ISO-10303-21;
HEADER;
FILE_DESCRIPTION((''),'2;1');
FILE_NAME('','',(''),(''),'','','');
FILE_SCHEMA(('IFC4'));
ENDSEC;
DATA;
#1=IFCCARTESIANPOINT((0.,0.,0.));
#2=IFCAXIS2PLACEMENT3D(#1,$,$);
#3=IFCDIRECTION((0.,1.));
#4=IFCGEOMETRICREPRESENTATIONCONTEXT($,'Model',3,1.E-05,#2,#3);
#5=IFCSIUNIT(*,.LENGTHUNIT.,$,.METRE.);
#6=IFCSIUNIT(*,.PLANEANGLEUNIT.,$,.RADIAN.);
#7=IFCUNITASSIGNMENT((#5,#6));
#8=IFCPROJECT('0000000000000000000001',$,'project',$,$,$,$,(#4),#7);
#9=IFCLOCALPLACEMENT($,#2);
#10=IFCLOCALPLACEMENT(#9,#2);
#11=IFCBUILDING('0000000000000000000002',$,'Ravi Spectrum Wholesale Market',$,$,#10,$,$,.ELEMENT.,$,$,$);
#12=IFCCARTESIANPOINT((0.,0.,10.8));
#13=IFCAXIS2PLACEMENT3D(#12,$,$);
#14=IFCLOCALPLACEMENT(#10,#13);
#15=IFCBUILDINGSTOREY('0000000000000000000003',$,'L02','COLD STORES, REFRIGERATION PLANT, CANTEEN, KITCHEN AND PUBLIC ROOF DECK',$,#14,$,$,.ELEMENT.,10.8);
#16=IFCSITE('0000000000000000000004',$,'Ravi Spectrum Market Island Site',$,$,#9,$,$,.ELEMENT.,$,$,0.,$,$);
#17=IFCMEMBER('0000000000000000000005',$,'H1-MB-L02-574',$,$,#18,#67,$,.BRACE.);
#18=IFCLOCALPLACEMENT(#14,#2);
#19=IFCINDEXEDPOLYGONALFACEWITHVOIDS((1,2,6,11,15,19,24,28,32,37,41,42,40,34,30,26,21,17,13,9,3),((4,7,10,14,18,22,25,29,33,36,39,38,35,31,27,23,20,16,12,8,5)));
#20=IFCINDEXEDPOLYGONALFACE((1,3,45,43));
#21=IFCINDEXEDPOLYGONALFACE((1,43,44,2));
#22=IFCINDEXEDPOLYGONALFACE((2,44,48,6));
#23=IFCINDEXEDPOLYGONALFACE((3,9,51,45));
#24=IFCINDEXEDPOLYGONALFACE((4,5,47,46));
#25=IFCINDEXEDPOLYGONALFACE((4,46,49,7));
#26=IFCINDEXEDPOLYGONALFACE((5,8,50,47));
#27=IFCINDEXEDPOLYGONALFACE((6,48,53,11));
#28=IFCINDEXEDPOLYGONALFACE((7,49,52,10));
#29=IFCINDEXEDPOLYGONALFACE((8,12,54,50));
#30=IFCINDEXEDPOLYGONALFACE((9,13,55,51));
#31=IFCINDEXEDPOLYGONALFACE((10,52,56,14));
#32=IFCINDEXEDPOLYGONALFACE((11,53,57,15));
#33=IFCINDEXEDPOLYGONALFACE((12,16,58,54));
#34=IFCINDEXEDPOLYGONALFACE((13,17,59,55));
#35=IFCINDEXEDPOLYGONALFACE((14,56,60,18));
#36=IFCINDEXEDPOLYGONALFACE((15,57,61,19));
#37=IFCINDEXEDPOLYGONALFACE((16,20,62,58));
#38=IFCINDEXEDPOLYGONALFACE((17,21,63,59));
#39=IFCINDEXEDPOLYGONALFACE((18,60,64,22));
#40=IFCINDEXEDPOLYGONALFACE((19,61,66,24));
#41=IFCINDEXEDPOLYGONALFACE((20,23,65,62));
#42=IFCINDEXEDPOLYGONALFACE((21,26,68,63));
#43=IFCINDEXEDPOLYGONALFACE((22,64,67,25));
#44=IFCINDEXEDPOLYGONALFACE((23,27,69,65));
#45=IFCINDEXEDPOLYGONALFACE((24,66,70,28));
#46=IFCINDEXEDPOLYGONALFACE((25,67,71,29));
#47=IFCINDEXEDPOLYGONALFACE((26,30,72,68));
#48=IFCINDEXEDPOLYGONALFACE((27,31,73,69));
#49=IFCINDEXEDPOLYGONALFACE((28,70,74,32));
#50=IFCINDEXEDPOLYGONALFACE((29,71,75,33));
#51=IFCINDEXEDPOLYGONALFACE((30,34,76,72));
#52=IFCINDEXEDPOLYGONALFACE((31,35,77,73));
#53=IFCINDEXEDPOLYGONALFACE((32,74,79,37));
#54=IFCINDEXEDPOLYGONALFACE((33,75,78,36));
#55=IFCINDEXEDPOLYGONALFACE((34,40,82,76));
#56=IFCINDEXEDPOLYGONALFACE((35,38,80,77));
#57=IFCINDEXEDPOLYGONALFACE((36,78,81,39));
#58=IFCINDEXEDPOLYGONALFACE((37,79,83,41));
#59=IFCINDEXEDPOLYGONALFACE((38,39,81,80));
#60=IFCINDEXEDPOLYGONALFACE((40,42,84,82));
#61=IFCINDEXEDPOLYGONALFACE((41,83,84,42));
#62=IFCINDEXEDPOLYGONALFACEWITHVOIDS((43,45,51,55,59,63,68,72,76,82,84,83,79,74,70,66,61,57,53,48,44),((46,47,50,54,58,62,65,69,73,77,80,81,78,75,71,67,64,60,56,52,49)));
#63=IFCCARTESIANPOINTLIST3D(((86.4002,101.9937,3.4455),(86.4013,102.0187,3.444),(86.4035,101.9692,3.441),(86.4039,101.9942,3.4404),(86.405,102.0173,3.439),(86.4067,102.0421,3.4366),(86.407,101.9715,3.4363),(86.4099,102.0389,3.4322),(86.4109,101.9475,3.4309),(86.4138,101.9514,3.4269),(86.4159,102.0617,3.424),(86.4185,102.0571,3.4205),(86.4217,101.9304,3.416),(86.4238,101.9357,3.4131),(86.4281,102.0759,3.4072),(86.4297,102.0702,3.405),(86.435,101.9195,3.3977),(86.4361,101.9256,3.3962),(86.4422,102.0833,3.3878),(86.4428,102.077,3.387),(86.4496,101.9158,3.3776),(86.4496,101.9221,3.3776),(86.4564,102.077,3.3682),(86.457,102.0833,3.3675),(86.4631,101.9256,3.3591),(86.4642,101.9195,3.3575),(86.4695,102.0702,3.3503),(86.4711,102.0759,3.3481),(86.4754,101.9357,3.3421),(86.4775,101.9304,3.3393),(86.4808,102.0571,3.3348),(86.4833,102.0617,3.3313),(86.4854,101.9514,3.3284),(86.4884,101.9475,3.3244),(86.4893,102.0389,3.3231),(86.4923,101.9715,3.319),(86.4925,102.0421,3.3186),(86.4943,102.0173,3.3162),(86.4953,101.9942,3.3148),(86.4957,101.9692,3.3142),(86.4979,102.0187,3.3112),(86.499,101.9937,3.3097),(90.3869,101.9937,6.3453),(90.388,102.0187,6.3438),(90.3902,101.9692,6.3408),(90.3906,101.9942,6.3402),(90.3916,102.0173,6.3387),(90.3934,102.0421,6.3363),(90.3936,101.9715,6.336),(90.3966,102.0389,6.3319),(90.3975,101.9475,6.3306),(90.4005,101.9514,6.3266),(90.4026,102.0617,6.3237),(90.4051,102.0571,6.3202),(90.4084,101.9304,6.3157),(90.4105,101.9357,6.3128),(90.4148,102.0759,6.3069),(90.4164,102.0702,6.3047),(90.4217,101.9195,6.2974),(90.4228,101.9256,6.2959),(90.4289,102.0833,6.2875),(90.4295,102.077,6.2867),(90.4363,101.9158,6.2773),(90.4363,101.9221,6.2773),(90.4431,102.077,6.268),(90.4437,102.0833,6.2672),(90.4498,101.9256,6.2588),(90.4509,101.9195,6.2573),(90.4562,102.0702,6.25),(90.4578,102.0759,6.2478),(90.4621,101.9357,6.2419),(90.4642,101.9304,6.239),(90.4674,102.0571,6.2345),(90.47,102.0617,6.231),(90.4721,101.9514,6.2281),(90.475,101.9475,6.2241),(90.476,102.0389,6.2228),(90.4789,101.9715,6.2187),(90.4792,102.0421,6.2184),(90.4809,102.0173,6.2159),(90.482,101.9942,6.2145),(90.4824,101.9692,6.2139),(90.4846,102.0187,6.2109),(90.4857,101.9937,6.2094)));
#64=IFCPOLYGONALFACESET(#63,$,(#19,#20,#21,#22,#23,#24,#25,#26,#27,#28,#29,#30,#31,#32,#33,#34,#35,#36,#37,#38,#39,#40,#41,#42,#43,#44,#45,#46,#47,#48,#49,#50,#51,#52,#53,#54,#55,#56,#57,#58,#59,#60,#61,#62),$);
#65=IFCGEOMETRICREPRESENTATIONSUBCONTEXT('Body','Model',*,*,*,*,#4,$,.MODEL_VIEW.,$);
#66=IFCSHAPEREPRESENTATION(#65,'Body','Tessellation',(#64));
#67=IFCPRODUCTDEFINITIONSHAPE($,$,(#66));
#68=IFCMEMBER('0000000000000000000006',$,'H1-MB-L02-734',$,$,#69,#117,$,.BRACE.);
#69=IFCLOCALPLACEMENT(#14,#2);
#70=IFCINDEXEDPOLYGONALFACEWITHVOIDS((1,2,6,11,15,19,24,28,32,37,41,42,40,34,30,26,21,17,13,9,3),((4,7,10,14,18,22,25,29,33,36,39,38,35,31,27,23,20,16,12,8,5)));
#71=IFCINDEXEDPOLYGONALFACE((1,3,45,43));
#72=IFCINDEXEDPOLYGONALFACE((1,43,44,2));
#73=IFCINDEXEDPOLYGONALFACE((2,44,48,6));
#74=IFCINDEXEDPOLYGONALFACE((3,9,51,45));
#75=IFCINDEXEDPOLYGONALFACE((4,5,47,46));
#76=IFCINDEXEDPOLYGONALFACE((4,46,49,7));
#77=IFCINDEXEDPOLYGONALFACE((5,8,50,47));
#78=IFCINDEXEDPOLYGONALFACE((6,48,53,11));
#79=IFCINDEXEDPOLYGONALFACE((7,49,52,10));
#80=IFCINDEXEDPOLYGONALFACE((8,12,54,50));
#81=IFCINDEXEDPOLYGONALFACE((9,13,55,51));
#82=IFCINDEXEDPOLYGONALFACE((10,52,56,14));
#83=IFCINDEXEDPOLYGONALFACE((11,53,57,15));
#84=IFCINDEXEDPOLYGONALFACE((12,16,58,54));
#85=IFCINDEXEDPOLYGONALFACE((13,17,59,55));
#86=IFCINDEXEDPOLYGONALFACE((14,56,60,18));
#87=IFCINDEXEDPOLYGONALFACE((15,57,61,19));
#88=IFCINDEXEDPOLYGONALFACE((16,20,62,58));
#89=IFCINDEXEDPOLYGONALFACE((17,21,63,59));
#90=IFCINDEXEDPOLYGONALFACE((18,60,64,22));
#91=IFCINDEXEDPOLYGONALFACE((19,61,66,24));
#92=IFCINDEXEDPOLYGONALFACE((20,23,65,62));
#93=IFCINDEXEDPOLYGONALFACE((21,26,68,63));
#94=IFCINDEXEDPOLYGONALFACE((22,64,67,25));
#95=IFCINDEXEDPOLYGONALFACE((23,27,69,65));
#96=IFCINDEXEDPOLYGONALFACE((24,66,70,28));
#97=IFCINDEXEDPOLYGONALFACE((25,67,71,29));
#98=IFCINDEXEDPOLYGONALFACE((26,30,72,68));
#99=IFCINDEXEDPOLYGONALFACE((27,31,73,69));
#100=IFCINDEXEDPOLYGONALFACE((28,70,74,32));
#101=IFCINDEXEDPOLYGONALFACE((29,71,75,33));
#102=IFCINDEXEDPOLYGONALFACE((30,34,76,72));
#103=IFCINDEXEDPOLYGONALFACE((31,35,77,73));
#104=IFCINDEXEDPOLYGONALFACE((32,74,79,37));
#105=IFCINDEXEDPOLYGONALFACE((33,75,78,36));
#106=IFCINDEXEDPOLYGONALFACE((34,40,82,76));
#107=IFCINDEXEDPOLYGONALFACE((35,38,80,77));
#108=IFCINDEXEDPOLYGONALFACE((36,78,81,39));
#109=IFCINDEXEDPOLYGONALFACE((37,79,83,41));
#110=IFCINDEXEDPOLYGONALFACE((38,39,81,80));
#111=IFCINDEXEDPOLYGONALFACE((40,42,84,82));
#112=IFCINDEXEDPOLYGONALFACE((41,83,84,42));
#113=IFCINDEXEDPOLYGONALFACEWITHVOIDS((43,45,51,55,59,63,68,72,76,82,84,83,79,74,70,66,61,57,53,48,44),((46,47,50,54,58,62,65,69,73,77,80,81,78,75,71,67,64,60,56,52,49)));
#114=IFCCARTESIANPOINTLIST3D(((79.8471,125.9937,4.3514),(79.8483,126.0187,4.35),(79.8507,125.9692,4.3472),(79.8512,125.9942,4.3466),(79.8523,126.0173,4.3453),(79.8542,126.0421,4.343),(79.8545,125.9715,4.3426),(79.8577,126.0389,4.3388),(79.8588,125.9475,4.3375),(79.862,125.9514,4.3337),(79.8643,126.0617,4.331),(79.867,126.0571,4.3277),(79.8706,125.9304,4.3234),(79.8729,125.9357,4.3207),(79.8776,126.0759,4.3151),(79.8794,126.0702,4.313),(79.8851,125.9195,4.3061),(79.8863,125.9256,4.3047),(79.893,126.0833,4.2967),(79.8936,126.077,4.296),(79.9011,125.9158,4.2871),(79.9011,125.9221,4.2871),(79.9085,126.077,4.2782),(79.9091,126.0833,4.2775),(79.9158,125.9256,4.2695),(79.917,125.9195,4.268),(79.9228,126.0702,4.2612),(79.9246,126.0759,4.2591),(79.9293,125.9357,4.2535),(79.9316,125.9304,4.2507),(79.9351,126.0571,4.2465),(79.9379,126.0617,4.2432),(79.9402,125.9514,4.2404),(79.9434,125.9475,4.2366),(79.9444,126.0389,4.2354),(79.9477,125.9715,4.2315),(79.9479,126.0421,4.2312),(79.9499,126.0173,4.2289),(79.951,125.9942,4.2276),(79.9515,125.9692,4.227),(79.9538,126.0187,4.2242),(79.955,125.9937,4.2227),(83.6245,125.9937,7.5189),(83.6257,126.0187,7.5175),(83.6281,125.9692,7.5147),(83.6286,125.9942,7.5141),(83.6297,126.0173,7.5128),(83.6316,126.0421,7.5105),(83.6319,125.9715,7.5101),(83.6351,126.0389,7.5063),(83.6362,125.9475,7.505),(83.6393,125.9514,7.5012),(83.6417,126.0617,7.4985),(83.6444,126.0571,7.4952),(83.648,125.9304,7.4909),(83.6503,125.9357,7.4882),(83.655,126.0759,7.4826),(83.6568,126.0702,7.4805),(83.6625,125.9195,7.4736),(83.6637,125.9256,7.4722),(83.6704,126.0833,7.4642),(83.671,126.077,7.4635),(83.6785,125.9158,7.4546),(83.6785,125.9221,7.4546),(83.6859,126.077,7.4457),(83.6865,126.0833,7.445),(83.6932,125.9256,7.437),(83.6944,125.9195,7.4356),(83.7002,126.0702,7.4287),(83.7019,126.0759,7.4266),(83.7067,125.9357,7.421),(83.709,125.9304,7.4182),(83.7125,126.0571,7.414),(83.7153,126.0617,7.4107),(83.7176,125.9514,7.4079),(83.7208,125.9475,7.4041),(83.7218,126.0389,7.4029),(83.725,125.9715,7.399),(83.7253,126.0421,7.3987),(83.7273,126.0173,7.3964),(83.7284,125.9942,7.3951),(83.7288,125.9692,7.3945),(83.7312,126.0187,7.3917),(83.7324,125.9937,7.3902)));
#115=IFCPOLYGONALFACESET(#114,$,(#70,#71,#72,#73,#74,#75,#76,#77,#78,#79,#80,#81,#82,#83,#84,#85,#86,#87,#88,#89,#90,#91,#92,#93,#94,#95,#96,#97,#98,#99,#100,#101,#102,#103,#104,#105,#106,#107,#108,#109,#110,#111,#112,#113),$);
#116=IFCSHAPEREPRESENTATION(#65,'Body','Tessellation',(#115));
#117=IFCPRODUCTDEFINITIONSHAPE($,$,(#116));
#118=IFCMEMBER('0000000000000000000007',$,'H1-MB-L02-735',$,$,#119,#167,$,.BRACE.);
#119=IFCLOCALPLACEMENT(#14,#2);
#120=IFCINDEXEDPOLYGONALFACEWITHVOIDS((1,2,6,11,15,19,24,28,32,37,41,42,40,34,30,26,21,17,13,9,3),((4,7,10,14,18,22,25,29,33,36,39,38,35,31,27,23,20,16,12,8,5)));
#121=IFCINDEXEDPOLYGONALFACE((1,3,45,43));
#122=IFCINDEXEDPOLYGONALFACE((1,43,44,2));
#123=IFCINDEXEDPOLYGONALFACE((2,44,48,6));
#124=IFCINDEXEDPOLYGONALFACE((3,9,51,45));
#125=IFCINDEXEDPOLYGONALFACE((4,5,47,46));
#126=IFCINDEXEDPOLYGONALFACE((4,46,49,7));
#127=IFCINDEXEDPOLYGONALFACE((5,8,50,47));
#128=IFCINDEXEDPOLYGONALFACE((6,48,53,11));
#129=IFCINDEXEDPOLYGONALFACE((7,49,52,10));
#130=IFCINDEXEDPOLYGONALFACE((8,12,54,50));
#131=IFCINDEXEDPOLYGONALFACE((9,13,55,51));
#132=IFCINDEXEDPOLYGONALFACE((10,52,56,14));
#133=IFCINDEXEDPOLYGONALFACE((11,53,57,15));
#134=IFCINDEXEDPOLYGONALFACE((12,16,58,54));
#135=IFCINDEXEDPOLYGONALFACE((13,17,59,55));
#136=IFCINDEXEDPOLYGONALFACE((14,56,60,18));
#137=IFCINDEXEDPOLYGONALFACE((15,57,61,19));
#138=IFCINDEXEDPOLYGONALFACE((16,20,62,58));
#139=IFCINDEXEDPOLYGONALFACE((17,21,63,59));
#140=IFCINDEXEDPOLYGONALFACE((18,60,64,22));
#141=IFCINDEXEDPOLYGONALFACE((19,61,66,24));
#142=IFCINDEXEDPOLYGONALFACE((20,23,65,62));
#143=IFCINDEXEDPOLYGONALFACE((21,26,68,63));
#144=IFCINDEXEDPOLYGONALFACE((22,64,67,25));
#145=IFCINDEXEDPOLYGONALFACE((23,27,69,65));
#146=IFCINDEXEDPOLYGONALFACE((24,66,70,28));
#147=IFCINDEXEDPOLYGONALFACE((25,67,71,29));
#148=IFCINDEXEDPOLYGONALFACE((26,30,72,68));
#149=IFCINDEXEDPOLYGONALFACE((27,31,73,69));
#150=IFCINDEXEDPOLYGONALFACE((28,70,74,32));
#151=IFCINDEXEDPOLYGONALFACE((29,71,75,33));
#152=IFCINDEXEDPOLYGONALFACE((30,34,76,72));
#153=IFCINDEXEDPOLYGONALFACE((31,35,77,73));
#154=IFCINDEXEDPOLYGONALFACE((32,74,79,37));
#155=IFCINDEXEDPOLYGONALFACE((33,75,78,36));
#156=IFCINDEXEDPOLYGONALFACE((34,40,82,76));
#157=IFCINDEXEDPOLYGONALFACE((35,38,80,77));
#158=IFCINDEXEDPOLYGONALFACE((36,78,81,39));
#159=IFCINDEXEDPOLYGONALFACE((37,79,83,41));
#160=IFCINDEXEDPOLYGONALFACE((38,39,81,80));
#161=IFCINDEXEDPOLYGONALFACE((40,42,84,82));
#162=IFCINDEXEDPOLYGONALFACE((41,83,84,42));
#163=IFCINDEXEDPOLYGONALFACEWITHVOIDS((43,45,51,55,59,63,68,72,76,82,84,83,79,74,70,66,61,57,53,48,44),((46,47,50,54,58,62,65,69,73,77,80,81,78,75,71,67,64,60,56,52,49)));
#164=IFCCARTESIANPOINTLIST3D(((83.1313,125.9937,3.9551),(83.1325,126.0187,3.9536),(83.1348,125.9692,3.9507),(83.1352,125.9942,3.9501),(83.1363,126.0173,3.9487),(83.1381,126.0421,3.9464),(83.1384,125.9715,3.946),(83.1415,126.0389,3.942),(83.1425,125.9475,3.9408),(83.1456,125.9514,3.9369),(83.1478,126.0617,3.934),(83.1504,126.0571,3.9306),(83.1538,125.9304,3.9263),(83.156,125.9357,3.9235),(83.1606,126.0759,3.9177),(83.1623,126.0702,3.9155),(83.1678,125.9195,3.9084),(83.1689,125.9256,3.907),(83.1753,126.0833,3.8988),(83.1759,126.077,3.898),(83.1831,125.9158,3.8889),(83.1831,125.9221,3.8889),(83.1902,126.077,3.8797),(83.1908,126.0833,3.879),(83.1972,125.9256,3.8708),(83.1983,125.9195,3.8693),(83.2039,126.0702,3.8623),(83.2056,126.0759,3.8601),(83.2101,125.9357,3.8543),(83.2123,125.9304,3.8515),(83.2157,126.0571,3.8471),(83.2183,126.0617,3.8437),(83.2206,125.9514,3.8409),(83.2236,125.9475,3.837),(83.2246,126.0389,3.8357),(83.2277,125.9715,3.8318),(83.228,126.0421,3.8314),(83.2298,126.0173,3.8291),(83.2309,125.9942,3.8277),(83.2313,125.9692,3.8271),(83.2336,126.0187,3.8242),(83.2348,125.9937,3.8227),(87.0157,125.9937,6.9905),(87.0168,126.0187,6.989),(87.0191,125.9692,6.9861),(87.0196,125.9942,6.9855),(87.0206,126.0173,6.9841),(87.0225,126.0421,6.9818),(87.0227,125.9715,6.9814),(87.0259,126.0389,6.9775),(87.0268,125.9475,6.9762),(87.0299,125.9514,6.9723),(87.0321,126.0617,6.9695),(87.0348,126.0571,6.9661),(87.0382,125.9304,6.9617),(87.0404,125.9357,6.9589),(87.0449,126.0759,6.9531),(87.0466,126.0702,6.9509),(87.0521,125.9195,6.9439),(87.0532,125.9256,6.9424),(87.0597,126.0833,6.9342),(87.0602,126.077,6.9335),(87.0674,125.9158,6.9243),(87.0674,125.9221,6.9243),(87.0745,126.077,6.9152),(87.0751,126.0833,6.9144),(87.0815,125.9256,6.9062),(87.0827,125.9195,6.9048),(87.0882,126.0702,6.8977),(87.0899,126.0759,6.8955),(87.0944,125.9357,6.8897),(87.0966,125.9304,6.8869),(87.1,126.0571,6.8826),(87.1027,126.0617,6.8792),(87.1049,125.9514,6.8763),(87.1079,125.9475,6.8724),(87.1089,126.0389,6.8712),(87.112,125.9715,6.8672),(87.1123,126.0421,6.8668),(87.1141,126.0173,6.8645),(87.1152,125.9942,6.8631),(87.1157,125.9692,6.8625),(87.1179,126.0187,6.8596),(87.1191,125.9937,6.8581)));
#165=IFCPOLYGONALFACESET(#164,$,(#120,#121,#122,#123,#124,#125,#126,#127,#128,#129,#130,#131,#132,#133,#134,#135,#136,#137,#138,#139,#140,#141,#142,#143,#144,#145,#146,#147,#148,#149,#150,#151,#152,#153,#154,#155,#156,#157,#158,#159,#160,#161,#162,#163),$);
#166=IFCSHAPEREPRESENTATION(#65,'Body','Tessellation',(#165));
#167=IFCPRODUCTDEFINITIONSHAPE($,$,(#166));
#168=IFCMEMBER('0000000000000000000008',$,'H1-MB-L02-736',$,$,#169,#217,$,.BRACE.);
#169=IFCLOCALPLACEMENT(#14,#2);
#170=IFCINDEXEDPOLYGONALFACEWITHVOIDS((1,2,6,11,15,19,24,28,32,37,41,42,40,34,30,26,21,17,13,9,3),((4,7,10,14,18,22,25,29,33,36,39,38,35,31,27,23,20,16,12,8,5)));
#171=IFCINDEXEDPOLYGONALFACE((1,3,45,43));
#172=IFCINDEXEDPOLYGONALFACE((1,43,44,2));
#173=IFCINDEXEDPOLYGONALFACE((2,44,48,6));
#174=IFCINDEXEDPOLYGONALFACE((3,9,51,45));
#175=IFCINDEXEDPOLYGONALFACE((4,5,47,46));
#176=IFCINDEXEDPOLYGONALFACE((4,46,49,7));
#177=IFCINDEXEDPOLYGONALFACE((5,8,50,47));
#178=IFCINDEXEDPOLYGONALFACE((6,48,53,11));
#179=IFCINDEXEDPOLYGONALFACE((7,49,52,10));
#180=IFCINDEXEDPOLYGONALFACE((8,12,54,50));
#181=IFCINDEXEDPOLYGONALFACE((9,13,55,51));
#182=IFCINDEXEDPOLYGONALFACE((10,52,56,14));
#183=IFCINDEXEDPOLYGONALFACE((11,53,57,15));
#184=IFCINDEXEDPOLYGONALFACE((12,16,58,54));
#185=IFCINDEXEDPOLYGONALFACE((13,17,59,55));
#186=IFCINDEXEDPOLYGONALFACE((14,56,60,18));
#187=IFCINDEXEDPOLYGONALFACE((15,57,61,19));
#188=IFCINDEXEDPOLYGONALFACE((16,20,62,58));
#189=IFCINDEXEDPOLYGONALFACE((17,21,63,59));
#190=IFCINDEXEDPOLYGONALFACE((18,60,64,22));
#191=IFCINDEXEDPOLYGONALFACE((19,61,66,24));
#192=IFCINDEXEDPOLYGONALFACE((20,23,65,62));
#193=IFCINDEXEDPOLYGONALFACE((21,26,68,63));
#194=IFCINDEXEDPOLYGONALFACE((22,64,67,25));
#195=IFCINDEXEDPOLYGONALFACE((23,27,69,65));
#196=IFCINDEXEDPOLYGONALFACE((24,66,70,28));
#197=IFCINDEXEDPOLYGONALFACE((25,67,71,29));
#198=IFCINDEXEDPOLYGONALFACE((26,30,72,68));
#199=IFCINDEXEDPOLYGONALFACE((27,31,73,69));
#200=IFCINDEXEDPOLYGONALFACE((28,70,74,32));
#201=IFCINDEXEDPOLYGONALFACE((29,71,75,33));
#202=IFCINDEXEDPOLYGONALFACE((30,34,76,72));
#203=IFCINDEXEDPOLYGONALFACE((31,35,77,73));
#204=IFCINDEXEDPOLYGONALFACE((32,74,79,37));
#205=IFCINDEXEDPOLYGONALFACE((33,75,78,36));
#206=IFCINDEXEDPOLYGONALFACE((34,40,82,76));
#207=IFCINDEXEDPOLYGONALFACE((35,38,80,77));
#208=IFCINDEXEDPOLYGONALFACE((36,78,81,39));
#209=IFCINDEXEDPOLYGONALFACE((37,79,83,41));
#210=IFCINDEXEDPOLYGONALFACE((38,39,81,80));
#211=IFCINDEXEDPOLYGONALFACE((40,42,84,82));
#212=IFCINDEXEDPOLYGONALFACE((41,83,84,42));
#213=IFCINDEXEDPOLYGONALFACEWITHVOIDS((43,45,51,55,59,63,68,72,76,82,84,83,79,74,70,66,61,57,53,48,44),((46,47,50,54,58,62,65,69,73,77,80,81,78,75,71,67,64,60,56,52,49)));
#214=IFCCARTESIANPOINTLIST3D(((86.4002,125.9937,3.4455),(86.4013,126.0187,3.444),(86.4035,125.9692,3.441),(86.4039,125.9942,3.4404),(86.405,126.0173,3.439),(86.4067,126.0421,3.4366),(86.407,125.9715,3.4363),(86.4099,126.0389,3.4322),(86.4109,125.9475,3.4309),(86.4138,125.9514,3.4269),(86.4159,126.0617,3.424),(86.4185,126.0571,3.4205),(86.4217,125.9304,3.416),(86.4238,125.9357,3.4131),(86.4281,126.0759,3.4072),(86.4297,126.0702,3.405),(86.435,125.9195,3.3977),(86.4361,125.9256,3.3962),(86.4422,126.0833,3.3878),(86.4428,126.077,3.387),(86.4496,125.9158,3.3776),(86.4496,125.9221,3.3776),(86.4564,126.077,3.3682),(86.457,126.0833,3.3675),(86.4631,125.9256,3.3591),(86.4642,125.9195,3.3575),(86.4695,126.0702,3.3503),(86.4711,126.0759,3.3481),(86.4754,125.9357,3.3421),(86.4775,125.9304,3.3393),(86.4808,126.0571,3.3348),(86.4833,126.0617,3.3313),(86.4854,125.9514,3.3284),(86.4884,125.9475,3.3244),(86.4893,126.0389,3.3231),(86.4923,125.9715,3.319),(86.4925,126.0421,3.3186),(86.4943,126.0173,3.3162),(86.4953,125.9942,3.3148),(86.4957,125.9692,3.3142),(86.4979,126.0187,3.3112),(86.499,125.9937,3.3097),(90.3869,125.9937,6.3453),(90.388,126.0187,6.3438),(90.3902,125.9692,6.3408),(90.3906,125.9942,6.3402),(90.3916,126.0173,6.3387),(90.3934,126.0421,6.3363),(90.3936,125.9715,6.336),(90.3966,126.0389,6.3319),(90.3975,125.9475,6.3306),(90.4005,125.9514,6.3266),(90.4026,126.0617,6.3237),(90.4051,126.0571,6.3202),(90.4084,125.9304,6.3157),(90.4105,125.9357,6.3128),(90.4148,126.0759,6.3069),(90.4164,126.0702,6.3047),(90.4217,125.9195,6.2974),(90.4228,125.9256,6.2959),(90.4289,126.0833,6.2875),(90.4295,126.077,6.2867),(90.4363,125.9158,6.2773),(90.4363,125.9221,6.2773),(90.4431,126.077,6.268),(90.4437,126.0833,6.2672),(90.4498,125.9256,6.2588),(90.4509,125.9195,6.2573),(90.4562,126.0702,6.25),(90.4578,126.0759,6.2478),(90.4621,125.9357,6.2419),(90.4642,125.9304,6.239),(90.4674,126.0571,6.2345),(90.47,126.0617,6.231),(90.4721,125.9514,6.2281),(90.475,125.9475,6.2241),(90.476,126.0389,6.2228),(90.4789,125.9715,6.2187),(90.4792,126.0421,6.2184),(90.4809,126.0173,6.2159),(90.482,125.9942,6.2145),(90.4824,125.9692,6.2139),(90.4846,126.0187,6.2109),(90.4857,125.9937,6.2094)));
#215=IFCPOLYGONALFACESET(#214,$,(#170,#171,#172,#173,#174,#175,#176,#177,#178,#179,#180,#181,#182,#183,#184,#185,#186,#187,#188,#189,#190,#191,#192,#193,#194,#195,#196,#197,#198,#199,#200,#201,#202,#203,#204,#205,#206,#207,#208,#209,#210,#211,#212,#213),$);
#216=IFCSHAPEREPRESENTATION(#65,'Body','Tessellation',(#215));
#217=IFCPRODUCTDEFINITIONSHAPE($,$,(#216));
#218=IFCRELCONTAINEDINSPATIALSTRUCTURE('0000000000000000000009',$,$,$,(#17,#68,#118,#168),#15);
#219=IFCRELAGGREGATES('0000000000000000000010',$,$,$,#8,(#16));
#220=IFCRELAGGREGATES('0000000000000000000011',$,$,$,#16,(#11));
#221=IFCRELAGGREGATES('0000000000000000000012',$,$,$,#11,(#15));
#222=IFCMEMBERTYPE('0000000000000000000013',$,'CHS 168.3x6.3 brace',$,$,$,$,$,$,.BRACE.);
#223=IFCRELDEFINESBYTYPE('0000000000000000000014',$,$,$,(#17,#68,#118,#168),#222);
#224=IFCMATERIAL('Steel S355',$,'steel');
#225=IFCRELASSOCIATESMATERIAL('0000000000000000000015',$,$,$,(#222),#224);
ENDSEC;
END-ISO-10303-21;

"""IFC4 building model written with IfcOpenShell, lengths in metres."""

from ifc_helpers import new_model, si_unit, direction, frame, origin, origin_2d, place, context, subcontext, project, spatial, hollow_circle, extrude, material, material_profile, profile_set, type_object, element, save


model = new_model("IFC4")

# Units and contexts
model_context = context("Model", 3, precision=1e-05, world=origin(), true_north=direction((0.0, 1.0)))
body_context = subcontext(model_context, "Body", "Model", "MODEL_VIEW")
ifc_project = project(units=[si_unit("LENGTHUNIT", "METRE"), si_unit("PLANEANGLEUNIT", "RADIAN")], contexts=[model_context])

# Site, building, storey
site_placement = place(None, origin())
site = spatial("IfcSite", under=ifc_project, at=site_placement, Name="Ravi Spectrum Market Island Site", CompositionType="ELEMENT", RefElevation=0.0)
building_placement = place(site_placement, origin())
building = spatial("IfcBuilding", under=site, at=building_placement, Name="Ravi Spectrum Wholesale Market", CompositionType="ELEMENT")
storey_placement = place(building_placement, frame((0.0, 0.0, 10.8)))
storey = spatial("IfcBuildingStorey", under=building, at=storey_placement, Name="L02", Description="COLD STORES, REFRIGERATION PLANT, CANTEEN, KITCHEN AND PUBLIC ROOF DECK", CompositionType="ELEMENT", Elevation=10.8)

# Members
ifc_material_1 = material(Name="Steel S355", Category="steel")
ifc_material_profile_1 = material_profile(ifc_material_1, hollow_circle(Radius=0.0842, WallThickness=0.0063, at=origin_2d()))
ifc_profile_set_1 = profile_set([ifc_material_profile_1], Name="Steel S355")
member_type_1 = type_object("IfcMemberType", Name="CHS 168.3x6.3 brace", PredefinedType="BRACE", material=ifc_profile_set_1)
for number, where, z_axis, x_axis, name in (
    (1, (90.4363, 102.0, 6.2773), (-0.808704, 0.0, -0.588216), (0.0, -1.0, 0.0), "H1-MB-L02-574"),
    (2, (83.6785, 126.0, 7.4546), (-0.766253, 0.0, -0.642539), (0.0, -1.0, 0.0), "H1-MB-L02-734"),
    (3, (87.0674, 126.0, 6.9243), (-0.787945, 0.0, -0.615746), (0.0, -1.0, 0.0), "H1-MB-L02-735"),
    (4, (90.4363, 126.0, 6.2773), (-0.808704, 0.0, -0.588216), (0.0, -1.0, 0.0), "H1-MB-L02-736"),
):
    element("IfcMember", number, at=place(storey_placement, frame(where, z_axis=z_axis, x_axis=x_axis)), inside=storey, type_object=member_type_1, Name=name, PredefinedType="BRACE", context=body_context, shape_type="SweptSolid", body=[
        extrude(hollow_circle(Radius=0.0842, WallThickness=0.0063, at=origin_2d()), origin(), (0.0, 0.0, 1.0), 4.9297),
    ])

save(model, "model.ifc")
